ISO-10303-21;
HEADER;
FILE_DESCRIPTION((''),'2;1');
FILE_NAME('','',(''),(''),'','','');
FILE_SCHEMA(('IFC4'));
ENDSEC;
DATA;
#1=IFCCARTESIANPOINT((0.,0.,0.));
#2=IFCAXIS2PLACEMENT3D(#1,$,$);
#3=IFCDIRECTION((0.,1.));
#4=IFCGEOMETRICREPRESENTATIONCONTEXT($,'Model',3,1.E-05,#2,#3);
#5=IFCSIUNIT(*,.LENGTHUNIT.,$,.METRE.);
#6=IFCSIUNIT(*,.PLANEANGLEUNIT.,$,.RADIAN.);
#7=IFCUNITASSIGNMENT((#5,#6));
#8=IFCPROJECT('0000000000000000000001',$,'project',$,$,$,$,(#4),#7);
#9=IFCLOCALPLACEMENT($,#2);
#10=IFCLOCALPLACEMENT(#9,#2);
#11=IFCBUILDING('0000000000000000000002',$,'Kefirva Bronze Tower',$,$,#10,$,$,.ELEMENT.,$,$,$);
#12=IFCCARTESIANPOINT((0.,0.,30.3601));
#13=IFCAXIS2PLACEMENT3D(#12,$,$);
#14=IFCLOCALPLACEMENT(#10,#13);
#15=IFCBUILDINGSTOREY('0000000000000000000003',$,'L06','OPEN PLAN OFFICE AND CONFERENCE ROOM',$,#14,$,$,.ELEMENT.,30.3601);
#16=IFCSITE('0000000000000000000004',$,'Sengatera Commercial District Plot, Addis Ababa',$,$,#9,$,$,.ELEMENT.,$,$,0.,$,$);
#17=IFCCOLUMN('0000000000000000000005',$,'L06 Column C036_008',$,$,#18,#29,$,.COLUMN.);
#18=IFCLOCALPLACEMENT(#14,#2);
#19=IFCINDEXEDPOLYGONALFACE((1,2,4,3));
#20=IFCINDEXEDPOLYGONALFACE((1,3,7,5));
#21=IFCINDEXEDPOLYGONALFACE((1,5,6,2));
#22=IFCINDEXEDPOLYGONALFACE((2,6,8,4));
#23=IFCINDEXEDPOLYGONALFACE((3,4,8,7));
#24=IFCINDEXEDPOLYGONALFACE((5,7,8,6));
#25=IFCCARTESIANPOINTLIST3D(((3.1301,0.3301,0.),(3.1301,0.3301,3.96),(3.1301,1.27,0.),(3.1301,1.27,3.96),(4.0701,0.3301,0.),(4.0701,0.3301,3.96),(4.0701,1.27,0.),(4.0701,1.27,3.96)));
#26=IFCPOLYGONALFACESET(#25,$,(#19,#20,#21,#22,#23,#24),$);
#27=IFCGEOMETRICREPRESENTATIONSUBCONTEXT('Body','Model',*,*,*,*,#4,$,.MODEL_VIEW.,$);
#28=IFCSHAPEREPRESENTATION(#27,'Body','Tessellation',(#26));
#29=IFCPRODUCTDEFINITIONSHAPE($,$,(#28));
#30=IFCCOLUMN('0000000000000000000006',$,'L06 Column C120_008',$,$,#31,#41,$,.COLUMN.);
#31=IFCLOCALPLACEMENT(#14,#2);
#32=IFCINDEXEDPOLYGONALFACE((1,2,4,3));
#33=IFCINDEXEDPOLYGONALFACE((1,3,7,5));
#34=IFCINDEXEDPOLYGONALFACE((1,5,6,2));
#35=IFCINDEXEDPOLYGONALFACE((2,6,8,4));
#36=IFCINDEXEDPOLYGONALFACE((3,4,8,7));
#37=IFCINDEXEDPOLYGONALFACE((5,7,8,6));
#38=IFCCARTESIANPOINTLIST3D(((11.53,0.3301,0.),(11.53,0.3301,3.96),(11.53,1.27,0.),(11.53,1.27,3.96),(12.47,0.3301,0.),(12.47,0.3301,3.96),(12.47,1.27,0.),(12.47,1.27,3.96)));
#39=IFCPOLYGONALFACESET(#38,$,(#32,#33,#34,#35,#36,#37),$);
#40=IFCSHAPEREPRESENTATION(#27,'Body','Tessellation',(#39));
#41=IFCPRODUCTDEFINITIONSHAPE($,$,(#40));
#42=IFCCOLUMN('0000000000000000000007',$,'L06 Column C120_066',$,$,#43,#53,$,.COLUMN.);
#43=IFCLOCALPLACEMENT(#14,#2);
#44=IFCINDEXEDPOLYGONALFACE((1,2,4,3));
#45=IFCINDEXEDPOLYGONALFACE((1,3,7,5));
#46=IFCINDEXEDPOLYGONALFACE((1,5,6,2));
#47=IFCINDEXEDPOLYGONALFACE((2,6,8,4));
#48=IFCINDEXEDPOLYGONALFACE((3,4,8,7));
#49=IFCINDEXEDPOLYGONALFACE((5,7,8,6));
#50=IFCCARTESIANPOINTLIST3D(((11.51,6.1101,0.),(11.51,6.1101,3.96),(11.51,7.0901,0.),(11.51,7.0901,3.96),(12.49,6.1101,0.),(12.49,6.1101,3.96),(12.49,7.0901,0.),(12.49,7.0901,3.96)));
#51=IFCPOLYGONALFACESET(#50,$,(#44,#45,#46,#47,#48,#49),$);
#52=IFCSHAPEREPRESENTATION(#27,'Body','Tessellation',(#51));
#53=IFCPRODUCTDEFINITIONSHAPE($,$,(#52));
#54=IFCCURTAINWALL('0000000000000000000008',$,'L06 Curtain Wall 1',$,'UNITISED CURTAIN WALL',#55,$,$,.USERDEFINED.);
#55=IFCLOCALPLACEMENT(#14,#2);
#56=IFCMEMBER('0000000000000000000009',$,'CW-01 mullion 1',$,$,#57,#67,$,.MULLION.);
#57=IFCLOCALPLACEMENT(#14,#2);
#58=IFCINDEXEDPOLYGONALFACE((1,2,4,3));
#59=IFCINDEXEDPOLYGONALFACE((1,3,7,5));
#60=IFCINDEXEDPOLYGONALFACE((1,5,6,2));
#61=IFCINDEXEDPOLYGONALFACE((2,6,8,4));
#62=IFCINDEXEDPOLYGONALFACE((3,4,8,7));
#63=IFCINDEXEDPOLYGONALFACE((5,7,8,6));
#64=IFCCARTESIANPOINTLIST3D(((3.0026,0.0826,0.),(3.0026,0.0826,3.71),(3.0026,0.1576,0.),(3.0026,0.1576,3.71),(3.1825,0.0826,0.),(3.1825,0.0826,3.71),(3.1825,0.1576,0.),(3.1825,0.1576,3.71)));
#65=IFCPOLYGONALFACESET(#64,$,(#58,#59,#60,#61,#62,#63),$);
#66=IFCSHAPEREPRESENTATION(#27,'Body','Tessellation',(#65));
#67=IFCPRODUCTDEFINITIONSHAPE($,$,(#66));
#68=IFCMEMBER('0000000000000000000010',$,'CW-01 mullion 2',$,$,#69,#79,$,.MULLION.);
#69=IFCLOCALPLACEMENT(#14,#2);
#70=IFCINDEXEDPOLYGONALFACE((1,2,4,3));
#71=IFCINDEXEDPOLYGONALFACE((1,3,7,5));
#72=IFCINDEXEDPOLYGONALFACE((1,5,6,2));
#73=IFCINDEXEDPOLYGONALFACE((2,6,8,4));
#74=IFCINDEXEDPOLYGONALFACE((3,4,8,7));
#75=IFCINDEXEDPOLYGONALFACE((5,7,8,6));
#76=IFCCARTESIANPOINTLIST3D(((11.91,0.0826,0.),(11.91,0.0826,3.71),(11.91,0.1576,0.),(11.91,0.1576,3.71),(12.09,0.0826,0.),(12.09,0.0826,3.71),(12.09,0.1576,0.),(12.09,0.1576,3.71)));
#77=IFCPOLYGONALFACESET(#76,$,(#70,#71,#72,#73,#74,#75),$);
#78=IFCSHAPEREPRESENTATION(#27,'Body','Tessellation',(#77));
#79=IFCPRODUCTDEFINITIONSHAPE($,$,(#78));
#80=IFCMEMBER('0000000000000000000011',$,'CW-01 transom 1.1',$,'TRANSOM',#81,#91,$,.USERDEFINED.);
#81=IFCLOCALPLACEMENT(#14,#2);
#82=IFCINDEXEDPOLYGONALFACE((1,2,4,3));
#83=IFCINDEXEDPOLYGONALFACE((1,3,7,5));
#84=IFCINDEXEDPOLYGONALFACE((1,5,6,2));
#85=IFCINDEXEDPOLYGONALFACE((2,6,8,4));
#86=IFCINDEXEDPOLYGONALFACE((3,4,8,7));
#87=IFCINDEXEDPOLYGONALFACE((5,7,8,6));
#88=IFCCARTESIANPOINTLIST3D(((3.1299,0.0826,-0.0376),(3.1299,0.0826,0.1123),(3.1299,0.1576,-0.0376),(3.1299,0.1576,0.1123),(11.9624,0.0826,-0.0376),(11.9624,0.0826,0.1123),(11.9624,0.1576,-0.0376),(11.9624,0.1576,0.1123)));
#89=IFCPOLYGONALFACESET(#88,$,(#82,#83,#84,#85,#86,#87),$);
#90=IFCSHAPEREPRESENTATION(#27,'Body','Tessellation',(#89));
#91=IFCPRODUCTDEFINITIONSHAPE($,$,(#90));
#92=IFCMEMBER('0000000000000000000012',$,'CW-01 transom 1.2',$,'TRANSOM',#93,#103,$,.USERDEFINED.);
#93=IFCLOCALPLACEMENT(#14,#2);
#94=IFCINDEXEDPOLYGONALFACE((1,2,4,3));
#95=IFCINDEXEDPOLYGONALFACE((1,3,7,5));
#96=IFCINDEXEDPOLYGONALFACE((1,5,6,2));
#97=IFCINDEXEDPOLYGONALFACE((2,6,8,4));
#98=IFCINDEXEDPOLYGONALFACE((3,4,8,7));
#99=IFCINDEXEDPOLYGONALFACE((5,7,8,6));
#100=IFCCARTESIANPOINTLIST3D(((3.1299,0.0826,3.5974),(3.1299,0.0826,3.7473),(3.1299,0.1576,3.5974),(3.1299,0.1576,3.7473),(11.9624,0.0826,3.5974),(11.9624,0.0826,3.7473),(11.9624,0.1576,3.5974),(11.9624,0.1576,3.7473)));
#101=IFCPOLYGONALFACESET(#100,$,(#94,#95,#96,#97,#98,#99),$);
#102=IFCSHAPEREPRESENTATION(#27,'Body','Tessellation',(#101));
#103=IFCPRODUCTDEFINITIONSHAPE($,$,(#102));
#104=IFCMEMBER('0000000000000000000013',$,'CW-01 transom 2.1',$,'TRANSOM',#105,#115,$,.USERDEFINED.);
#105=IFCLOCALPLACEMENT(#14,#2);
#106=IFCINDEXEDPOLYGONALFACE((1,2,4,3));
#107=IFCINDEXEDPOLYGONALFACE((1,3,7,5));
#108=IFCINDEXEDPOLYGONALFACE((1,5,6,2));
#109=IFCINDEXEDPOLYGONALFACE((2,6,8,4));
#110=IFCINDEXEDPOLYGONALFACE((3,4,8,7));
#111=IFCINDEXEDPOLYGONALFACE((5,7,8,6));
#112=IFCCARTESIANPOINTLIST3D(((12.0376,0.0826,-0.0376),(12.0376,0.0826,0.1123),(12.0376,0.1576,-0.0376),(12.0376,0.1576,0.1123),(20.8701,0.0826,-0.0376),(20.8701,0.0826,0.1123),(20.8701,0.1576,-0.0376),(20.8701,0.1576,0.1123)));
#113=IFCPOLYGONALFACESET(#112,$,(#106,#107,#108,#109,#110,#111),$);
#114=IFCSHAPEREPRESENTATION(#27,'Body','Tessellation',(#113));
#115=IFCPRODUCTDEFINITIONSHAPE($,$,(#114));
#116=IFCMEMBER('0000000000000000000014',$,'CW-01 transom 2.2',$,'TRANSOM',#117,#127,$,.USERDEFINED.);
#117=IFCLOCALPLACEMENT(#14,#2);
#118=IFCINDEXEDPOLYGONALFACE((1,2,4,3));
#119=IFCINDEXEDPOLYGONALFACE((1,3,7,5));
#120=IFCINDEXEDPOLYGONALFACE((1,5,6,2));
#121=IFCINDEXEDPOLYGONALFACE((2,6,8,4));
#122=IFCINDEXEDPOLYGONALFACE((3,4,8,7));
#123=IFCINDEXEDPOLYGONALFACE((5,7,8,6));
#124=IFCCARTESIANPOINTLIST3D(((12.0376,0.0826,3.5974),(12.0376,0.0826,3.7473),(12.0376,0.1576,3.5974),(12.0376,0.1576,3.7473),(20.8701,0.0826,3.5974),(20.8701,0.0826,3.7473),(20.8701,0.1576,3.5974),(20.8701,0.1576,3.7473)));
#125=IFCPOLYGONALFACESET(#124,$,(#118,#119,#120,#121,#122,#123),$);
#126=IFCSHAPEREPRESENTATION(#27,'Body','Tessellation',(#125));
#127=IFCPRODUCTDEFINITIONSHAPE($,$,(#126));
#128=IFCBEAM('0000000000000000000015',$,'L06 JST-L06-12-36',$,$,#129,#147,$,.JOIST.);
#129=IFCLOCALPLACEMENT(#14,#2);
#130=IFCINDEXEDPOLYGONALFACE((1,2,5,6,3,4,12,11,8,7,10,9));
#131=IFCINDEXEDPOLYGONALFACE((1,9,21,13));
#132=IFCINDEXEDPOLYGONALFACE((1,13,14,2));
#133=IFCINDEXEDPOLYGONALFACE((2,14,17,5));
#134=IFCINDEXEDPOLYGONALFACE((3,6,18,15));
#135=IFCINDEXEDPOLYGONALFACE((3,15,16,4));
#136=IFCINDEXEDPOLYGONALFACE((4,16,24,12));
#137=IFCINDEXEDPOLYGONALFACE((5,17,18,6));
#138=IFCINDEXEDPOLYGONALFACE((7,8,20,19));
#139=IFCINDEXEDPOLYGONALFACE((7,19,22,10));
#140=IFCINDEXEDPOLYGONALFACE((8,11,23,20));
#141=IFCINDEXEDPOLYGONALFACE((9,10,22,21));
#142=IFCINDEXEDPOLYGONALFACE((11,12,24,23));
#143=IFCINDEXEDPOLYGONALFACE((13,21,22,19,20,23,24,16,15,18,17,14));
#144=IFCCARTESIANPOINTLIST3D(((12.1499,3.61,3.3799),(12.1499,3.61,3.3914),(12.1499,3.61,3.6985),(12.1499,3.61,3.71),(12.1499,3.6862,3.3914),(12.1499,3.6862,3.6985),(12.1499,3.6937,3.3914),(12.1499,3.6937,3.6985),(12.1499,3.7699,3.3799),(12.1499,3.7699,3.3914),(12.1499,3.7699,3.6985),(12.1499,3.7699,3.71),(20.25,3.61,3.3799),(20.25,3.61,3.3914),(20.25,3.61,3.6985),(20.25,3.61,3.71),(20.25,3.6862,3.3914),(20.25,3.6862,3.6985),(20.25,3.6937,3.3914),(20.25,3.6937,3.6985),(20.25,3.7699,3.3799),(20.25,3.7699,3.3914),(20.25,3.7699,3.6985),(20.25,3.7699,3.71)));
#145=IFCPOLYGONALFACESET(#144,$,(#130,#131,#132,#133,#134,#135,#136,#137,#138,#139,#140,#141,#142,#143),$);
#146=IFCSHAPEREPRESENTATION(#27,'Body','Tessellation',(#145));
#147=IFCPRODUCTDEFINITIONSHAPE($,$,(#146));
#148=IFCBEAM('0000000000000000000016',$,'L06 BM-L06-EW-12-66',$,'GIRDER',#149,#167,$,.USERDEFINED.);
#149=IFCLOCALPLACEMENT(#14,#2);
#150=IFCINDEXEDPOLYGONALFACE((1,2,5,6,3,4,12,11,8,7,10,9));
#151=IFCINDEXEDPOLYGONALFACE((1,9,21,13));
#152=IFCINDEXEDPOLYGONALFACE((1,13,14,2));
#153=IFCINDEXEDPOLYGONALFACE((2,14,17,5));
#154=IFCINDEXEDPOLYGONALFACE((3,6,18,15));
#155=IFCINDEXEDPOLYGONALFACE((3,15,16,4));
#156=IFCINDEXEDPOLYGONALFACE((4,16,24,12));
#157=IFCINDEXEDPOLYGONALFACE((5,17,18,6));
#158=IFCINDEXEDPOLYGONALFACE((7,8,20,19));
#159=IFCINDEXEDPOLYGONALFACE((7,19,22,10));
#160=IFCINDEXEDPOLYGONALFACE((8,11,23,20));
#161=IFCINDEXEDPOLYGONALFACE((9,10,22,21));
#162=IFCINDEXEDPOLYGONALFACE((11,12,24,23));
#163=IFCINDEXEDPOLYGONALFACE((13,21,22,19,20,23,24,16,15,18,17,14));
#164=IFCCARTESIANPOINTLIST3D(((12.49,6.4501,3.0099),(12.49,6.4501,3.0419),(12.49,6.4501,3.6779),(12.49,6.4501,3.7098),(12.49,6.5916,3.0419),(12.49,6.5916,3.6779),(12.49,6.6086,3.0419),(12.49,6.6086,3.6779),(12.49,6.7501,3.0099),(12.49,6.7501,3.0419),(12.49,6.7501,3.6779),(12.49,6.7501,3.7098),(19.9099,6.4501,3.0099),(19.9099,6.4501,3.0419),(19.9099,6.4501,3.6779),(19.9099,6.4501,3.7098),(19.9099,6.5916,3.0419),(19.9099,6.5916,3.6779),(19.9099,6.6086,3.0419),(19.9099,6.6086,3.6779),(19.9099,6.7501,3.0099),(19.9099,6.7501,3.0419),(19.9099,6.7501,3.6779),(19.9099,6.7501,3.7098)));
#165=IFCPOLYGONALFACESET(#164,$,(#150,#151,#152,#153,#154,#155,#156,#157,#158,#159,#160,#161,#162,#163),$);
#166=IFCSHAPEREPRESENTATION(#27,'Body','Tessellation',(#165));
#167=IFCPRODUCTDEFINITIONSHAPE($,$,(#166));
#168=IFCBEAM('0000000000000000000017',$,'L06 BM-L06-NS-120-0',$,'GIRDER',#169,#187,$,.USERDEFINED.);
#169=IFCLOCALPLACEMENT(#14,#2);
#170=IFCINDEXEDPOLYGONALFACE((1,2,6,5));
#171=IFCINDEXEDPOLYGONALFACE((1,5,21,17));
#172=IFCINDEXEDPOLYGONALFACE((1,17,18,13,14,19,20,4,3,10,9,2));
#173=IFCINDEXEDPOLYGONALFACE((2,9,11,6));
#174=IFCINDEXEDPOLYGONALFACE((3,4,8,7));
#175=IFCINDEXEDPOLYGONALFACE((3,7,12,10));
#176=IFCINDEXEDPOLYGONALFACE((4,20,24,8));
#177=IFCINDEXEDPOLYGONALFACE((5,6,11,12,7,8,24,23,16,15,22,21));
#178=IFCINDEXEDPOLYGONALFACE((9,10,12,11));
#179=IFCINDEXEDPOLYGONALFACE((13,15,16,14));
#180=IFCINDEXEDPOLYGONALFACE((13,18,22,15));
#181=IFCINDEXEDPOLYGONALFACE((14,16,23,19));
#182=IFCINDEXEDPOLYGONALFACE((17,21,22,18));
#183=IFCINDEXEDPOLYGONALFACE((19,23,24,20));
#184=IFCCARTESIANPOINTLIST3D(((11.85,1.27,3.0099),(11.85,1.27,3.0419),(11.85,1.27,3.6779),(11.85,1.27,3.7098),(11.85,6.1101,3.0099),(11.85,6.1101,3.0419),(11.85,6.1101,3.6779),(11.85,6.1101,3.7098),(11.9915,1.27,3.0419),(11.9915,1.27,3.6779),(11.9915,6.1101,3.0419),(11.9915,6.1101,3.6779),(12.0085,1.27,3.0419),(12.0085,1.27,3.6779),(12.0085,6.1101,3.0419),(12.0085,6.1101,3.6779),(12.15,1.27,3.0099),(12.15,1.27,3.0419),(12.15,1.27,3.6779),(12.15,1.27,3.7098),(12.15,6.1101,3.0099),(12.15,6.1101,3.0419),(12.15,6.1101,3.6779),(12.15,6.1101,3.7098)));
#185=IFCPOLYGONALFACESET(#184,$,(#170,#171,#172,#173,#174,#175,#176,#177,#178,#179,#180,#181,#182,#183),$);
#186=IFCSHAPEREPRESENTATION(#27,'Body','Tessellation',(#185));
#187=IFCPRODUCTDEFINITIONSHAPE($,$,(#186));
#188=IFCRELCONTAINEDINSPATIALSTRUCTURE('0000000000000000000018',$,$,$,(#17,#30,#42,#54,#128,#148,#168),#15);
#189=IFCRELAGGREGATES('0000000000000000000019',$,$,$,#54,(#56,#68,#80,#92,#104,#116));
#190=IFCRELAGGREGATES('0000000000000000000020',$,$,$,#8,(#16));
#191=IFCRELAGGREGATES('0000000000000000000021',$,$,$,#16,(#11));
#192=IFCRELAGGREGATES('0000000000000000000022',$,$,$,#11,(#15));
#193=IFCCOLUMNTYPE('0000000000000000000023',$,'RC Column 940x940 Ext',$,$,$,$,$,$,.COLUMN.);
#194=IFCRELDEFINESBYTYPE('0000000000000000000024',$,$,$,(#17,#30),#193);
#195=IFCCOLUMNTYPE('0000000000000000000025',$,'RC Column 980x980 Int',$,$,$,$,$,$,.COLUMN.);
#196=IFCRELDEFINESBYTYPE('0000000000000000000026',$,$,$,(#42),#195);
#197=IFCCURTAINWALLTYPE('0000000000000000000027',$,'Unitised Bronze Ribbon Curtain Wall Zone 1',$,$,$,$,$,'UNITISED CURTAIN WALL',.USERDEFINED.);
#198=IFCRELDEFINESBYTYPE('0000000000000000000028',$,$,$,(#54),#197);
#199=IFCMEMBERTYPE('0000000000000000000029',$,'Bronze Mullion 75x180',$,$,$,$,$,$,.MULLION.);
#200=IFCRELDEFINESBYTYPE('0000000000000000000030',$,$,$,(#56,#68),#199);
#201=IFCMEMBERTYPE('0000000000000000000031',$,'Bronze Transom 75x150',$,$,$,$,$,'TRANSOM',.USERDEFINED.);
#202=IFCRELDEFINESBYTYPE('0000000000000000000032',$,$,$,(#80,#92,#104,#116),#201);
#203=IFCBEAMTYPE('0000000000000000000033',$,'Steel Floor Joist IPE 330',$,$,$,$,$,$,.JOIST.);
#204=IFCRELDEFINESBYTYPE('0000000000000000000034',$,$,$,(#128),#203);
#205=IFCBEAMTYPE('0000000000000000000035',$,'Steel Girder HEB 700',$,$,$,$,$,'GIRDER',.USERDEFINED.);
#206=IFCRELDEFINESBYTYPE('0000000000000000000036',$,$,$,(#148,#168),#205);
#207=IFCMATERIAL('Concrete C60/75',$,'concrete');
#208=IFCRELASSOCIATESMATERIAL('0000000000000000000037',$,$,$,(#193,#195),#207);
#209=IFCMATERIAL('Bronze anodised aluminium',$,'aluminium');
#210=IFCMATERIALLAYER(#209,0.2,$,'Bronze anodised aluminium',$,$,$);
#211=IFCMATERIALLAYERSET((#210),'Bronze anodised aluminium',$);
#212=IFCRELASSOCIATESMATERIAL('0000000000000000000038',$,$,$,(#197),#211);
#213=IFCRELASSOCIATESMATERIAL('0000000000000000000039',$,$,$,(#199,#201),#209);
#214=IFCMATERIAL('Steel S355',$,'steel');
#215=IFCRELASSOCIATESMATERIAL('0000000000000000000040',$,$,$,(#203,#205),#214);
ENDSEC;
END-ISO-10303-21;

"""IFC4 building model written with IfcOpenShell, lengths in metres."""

from ifc_helpers import new_model, si_unit, direction, frame, origin, origin_2d, place, context, subcontext, project, spatial, rectangle, i_section, extrude, material, layer, layer_set, material_profile, profile_set, type_object, element, aggregate, save


model = new_model("IFC4")

# Units and contexts
model_context = context("Model", 3, precision=1e-05, world=origin(), true_north=direction((0.0, 1.0)))
body_context = subcontext(model_context, "Body", "Model", "MODEL_VIEW")
ifc_project = project(units=[si_unit("LENGTHUNIT", "METRE"), si_unit("PLANEANGLEUNIT", "RADIAN")], contexts=[model_context])

# Site, building, storey
site_placement = place(None, origin())
site = spatial("IfcSite", under=ifc_project, at=site_placement, Name="Sengatera Commercial District Plot, Addis Ababa", CompositionType="ELEMENT", RefElevation=0.0)
building_placement = place(site_placement, origin())
building = spatial("IfcBuilding", under=site, at=building_placement, Name="Kefirva Bronze Tower", CompositionType="ELEMENT")
storey_placement = place(building_placement, frame((0.0, 0.0, 30.3601)))
storey = spatial("IfcBuildingStorey", under=building, at=storey_placement, Name="L06", Description="OPEN PLAN OFFICE AND CONFERENCE ROOM", CompositionType="ELEMENT", Elevation=30.3601)

# Columns
ifc_material_1 = material(Name="Concrete C60/75", Category="concrete")
ifc_material_profile_1 = material_profile(ifc_material_1, rectangle(XDim=0.9399, YDim=0.9399, at=origin_2d()), Name="RC 940x940")
ifc_profile_set_1 = profile_set([ifc_material_profile_1], Name="Concrete C60/75")
column_type_1 = type_object("IfcColumnType", Name="RC Column 940x940 Ext", PredefinedType="COLUMN", material=ifc_profile_set_1)
for number, where, z_axis, x_axis, name in (
    (1, (3.6001, 0.8, 0.0), (0.0, 0.0, 1.0), (1.0, 0.0, 0.0), "L06 Column C036_008"),
    (2, (12.0, 0.8, 0.0), (0.0, 0.0, 1.0), (1.0, 0.0, 0.0), "L06 Column C120_008"),
):
    element("IfcColumn", number, at=place(storey_placement, frame(where, z_axis=z_axis, x_axis=x_axis)), inside=storey, type_object=column_type_1, Name=name, PredefinedType="COLUMN", context=body_context, shape_type="SweptSolid", body=[
        extrude(rectangle(XDim=0.9399, YDim=0.9399, at=origin_2d()), origin(), (0.0, 0.0, 1.0), 3.96),
    ])
ifc_material_profile_2 = material_profile(ifc_material_1, rectangle(XDim=0.98, YDim=0.98, at=origin_2d()), Name="RC 980x980")
ifc_profile_set_2 = profile_set([ifc_material_profile_2], Name="Concrete C60/75")
column_type_2 = type_object("IfcColumnType", Name="RC Column 980x980 Int", PredefinedType="COLUMN", material=ifc_profile_set_2)
column_placement = place(storey_placement, frame((12.0, 6.6001, 0.0), z_axis=(0.0, 0.0, 1.0), x_axis=(1.0, 0.0, 0.0)))
element("IfcColumn", 3, at=column_placement, inside=storey, type_object=column_type_2, Name="L06 Column C120_066", PredefinedType="COLUMN", context=body_context, shape_type="SweptSolid", body=[
    extrude(rectangle(XDim=0.98, YDim=0.98, at=origin_2d()), origin(), (0.0, 0.0, 1.0), 3.96),
])

# Curtain wall, members
ifc_material_2 = material(Name="Bronze anodised aluminium", Category="aluminium")
ifc_layer_1 = layer(ifc_material_2, 0.2, Name="Bronze anodised aluminium")
ifc_layer_set_1 = layer_set([ifc_layer_1], Name="Bronze anodised aluminium")
curtain_wall_type = type_object("IfcCurtainWallType", Name="Unitised Bronze Ribbon Curtain Wall Zone 1", ElementType="UNITISED CURTAIN WALL", PredefinedType="USERDEFINED", material=ifc_layer_set_1)
curtain_wall_placement = place(storey_placement, origin())
curtain_wall = element("IfcCurtainWall", 4, at=curtain_wall_placement, inside=storey, type_object=curtain_wall_type, Name="L06 Curtain Wall 1", ObjectType="UNITISED CURTAIN WALL", PredefinedType="USERDEFINED")
ifc_material_profile_3 = material_profile(ifc_material_2, rectangle(XDim=0.075, YDim=0.1799, at=origin_2d()), Name="ALU 75x180")
ifc_profile_set_3 = profile_set([ifc_material_profile_3], Name="Bronze anodised aluminium")
member_type_1 = type_object("IfcMemberType", Name="Bronze Mullion 75x180", PredefinedType="MULLION", material=ifc_profile_set_3)
member_1_placement = place(storey_placement, frame((3.0925, 0.1201, 0.0), z_axis=(0.0, 0.0, 1.0), x_axis=(0.0, 1.0, 0.0)))
member_1 = element("IfcMember", 5, at=member_1_placement, type_object=member_type_1, Name="CW-01 mullion 1", PredefinedType="MULLION", context=body_context, shape_type="SweptSolid", body=[
    extrude(rectangle(XDim=0.075, YDim=0.1799, at=origin_2d()), origin(), (0.0, 0.0, 1.0), 3.71),
])
member_2_placement = place(storey_placement, frame((12.0, 0.1201, 0.0), z_axis=(0.0, 0.0, 1.0), x_axis=(0.0, 1.0, 0.0)))
member_2 = element("IfcMember", 6, at=member_2_placement, type_object=member_type_1, Name="CW-01 mullion 2", PredefinedType="MULLION", context=body_context, shape_type="SweptSolid", body=[
    extrude(rectangle(XDim=0.075, YDim=0.1799, at=origin_2d()), origin(), (0.0, 0.0, 1.0), 3.71),
])
ifc_material_profile_4 = material_profile(ifc_material_2, rectangle(XDim=0.075, YDim=0.1499, at=origin_2d()), Name="ALU 75x150")
ifc_profile_set_4 = profile_set([ifc_material_profile_4], Name="Bronze anodised aluminium")
member_type_2 = type_object("IfcMemberType", Name="Bronze Transom 75x150", ElementType="TRANSOM", PredefinedType="USERDEFINED", material=ifc_profile_set_4)
member_3_placement = place(storey_placement, frame((3.1299, 0.1201, 0.0374), z_axis=(1.0, 0.0, 0.0), x_axis=(0.0, 1.0, 0.0)))
member_3 = element("IfcMember", 7, at=member_3_placement, type_object=member_type_2, Name="CW-01 transom 1.1", ObjectType="TRANSOM", PredefinedType="USERDEFINED", context=body_context, shape_type="SweptSolid", body=[
    extrude(rectangle(XDim=0.075, YDim=0.1499, at=origin_2d()), origin(), (0.0, 0.0, 1.0), 8.8325),
])
member_4_placement = place(storey_placement, frame((3.1299, 0.1201, 3.6724), z_axis=(1.0, 0.0, 0.0), x_axis=(0.0, 1.0, 0.0)))
member_4 = element("IfcMember", 8, at=member_4_placement, type_object=member_type_2, Name="CW-01 transom 1.2", ObjectType="TRANSOM", PredefinedType="USERDEFINED", context=body_context, shape_type="SweptSolid", body=[
    extrude(rectangle(XDim=0.075, YDim=0.1499, at=origin_2d()), origin(), (0.0, 0.0, 1.0), 8.8325),
])
member_5_placement = place(storey_placement, frame((12.0376, 0.1201, 0.0374), z_axis=(1.0, 0.0, 0.0), x_axis=(0.0, 1.0, 0.0)))
member_5 = element("IfcMember", 9, at=member_5_placement, type_object=member_type_2, Name="CW-01 transom 2.1", ObjectType="TRANSOM", PredefinedType="USERDEFINED", context=body_context, shape_type="SweptSolid", body=[
    extrude(rectangle(XDim=0.075, YDim=0.1499, at=origin_2d()), origin(), (0.0, 0.0, 1.0), 8.8325),
])
member_6_placement = place(storey_placement, frame((12.0376, 0.1201, 3.6724), z_axis=(1.0, 0.0, 0.0), x_axis=(0.0, 1.0, 0.0)))
member_6 = element("IfcMember", 10, at=member_6_placement, type_object=member_type_2, Name="CW-01 transom 2.2", ObjectType="TRANSOM", PredefinedType="USERDEFINED", context=body_context, shape_type="SweptSolid", body=[
    extrude(rectangle(XDim=0.075, YDim=0.1499, at=origin_2d()), origin(), (0.0, 0.0, 1.0), 8.8325),
])

# Beams
ifc_material_3 = material(Name="Steel S355", Category="steel")
ifc_material_profile_5 = material_profile(ifc_material_3, i_section(OverallWidth=0.1599, OverallDepth=0.3301, WebThickness=0.0076, FlangeThickness=0.0115, at=origin_2d()), Name="IPE 330")
ifc_profile_set_5 = profile_set([ifc_material_profile_5], Name="Steel S355")
beam_type_1 = type_object("IfcBeamType", Name="Steel Floor Joist IPE 330", PredefinedType="JOIST", material=ifc_profile_set_5)
beam_1_placement = place(storey_placement, frame((12.1499, 3.6899, 3.5449), z_axis=(1.0, 0.0, 0.0), x_axis=(0.0, 1.0, 0.0)))
element("IfcBeam", 11, at=beam_1_placement, inside=storey, type_object=beam_type_1, Name="L06 JST-L06-12-36", PredefinedType="JOIST", context=body_context, shape_type="SweptSolid", body=[
    extrude(i_section(OverallWidth=0.1599, OverallDepth=0.3301, WebThickness=0.0076, FlangeThickness=0.0115, at=origin_2d()), origin(), (0.0, 0.0, 1.0), 8.1001),
])
ifc_material_profile_6 = material_profile(ifc_material_3, i_section(OverallWidth=0.3, OverallDepth=0.7, WebThickness=0.0171, FlangeThickness=0.032, at=origin_2d()), Name="HEB 700")
ifc_profile_set_6 = profile_set([ifc_material_profile_6], Name="Steel S355")
beam_type_2 = type_object("IfcBeamType", Name="Steel Girder HEB 700", ElementType="GIRDER", PredefinedType="USERDEFINED", material=ifc_profile_set_6)
beam_2_placement = place(storey_placement, frame((12.49, 6.6001, 3.3599), z_axis=(1.0, 0.0, 0.0), x_axis=(0.0, 1.0, 0.0)))
element("IfcBeam", 12, at=beam_2_placement, inside=storey, type_object=beam_type_2, Name="L06 BM-L06-EW-12-66", ObjectType="GIRDER", PredefinedType="USERDEFINED", context=body_context, shape_type="SweptSolid", body=[
    extrude(i_section(OverallWidth=0.3, OverallDepth=0.7, WebThickness=0.0171, FlangeThickness=0.032, at=origin_2d()), origin(), (0.0, 0.0, 1.0), 7.4199),
])
beam_3_placement = place(storey_placement, frame((12.0, 1.27, 3.3599), z_axis=(0.0, 1.0, 0.0), x_axis=(-1.0, 0.0, 0.0)))
element("IfcBeam", 13, at=beam_3_placement, inside=storey, type_object=beam_type_2, Name="L06 BM-L06-NS-120-0", ObjectType="GIRDER", PredefinedType="USERDEFINED", context=body_context, shape_type="SweptSolid", body=[
    extrude(i_section(OverallWidth=0.3, OverallDepth=0.7, WebThickness=0.0171, FlangeThickness=0.032, at=origin_2d()), origin(), (0.0, 0.0, 1.0), 4.8401),
])

aggregate(curtain_wall, [member_1, member_2, member_3, member_4, member_5, member_6])

save(model, "model.ifc")
